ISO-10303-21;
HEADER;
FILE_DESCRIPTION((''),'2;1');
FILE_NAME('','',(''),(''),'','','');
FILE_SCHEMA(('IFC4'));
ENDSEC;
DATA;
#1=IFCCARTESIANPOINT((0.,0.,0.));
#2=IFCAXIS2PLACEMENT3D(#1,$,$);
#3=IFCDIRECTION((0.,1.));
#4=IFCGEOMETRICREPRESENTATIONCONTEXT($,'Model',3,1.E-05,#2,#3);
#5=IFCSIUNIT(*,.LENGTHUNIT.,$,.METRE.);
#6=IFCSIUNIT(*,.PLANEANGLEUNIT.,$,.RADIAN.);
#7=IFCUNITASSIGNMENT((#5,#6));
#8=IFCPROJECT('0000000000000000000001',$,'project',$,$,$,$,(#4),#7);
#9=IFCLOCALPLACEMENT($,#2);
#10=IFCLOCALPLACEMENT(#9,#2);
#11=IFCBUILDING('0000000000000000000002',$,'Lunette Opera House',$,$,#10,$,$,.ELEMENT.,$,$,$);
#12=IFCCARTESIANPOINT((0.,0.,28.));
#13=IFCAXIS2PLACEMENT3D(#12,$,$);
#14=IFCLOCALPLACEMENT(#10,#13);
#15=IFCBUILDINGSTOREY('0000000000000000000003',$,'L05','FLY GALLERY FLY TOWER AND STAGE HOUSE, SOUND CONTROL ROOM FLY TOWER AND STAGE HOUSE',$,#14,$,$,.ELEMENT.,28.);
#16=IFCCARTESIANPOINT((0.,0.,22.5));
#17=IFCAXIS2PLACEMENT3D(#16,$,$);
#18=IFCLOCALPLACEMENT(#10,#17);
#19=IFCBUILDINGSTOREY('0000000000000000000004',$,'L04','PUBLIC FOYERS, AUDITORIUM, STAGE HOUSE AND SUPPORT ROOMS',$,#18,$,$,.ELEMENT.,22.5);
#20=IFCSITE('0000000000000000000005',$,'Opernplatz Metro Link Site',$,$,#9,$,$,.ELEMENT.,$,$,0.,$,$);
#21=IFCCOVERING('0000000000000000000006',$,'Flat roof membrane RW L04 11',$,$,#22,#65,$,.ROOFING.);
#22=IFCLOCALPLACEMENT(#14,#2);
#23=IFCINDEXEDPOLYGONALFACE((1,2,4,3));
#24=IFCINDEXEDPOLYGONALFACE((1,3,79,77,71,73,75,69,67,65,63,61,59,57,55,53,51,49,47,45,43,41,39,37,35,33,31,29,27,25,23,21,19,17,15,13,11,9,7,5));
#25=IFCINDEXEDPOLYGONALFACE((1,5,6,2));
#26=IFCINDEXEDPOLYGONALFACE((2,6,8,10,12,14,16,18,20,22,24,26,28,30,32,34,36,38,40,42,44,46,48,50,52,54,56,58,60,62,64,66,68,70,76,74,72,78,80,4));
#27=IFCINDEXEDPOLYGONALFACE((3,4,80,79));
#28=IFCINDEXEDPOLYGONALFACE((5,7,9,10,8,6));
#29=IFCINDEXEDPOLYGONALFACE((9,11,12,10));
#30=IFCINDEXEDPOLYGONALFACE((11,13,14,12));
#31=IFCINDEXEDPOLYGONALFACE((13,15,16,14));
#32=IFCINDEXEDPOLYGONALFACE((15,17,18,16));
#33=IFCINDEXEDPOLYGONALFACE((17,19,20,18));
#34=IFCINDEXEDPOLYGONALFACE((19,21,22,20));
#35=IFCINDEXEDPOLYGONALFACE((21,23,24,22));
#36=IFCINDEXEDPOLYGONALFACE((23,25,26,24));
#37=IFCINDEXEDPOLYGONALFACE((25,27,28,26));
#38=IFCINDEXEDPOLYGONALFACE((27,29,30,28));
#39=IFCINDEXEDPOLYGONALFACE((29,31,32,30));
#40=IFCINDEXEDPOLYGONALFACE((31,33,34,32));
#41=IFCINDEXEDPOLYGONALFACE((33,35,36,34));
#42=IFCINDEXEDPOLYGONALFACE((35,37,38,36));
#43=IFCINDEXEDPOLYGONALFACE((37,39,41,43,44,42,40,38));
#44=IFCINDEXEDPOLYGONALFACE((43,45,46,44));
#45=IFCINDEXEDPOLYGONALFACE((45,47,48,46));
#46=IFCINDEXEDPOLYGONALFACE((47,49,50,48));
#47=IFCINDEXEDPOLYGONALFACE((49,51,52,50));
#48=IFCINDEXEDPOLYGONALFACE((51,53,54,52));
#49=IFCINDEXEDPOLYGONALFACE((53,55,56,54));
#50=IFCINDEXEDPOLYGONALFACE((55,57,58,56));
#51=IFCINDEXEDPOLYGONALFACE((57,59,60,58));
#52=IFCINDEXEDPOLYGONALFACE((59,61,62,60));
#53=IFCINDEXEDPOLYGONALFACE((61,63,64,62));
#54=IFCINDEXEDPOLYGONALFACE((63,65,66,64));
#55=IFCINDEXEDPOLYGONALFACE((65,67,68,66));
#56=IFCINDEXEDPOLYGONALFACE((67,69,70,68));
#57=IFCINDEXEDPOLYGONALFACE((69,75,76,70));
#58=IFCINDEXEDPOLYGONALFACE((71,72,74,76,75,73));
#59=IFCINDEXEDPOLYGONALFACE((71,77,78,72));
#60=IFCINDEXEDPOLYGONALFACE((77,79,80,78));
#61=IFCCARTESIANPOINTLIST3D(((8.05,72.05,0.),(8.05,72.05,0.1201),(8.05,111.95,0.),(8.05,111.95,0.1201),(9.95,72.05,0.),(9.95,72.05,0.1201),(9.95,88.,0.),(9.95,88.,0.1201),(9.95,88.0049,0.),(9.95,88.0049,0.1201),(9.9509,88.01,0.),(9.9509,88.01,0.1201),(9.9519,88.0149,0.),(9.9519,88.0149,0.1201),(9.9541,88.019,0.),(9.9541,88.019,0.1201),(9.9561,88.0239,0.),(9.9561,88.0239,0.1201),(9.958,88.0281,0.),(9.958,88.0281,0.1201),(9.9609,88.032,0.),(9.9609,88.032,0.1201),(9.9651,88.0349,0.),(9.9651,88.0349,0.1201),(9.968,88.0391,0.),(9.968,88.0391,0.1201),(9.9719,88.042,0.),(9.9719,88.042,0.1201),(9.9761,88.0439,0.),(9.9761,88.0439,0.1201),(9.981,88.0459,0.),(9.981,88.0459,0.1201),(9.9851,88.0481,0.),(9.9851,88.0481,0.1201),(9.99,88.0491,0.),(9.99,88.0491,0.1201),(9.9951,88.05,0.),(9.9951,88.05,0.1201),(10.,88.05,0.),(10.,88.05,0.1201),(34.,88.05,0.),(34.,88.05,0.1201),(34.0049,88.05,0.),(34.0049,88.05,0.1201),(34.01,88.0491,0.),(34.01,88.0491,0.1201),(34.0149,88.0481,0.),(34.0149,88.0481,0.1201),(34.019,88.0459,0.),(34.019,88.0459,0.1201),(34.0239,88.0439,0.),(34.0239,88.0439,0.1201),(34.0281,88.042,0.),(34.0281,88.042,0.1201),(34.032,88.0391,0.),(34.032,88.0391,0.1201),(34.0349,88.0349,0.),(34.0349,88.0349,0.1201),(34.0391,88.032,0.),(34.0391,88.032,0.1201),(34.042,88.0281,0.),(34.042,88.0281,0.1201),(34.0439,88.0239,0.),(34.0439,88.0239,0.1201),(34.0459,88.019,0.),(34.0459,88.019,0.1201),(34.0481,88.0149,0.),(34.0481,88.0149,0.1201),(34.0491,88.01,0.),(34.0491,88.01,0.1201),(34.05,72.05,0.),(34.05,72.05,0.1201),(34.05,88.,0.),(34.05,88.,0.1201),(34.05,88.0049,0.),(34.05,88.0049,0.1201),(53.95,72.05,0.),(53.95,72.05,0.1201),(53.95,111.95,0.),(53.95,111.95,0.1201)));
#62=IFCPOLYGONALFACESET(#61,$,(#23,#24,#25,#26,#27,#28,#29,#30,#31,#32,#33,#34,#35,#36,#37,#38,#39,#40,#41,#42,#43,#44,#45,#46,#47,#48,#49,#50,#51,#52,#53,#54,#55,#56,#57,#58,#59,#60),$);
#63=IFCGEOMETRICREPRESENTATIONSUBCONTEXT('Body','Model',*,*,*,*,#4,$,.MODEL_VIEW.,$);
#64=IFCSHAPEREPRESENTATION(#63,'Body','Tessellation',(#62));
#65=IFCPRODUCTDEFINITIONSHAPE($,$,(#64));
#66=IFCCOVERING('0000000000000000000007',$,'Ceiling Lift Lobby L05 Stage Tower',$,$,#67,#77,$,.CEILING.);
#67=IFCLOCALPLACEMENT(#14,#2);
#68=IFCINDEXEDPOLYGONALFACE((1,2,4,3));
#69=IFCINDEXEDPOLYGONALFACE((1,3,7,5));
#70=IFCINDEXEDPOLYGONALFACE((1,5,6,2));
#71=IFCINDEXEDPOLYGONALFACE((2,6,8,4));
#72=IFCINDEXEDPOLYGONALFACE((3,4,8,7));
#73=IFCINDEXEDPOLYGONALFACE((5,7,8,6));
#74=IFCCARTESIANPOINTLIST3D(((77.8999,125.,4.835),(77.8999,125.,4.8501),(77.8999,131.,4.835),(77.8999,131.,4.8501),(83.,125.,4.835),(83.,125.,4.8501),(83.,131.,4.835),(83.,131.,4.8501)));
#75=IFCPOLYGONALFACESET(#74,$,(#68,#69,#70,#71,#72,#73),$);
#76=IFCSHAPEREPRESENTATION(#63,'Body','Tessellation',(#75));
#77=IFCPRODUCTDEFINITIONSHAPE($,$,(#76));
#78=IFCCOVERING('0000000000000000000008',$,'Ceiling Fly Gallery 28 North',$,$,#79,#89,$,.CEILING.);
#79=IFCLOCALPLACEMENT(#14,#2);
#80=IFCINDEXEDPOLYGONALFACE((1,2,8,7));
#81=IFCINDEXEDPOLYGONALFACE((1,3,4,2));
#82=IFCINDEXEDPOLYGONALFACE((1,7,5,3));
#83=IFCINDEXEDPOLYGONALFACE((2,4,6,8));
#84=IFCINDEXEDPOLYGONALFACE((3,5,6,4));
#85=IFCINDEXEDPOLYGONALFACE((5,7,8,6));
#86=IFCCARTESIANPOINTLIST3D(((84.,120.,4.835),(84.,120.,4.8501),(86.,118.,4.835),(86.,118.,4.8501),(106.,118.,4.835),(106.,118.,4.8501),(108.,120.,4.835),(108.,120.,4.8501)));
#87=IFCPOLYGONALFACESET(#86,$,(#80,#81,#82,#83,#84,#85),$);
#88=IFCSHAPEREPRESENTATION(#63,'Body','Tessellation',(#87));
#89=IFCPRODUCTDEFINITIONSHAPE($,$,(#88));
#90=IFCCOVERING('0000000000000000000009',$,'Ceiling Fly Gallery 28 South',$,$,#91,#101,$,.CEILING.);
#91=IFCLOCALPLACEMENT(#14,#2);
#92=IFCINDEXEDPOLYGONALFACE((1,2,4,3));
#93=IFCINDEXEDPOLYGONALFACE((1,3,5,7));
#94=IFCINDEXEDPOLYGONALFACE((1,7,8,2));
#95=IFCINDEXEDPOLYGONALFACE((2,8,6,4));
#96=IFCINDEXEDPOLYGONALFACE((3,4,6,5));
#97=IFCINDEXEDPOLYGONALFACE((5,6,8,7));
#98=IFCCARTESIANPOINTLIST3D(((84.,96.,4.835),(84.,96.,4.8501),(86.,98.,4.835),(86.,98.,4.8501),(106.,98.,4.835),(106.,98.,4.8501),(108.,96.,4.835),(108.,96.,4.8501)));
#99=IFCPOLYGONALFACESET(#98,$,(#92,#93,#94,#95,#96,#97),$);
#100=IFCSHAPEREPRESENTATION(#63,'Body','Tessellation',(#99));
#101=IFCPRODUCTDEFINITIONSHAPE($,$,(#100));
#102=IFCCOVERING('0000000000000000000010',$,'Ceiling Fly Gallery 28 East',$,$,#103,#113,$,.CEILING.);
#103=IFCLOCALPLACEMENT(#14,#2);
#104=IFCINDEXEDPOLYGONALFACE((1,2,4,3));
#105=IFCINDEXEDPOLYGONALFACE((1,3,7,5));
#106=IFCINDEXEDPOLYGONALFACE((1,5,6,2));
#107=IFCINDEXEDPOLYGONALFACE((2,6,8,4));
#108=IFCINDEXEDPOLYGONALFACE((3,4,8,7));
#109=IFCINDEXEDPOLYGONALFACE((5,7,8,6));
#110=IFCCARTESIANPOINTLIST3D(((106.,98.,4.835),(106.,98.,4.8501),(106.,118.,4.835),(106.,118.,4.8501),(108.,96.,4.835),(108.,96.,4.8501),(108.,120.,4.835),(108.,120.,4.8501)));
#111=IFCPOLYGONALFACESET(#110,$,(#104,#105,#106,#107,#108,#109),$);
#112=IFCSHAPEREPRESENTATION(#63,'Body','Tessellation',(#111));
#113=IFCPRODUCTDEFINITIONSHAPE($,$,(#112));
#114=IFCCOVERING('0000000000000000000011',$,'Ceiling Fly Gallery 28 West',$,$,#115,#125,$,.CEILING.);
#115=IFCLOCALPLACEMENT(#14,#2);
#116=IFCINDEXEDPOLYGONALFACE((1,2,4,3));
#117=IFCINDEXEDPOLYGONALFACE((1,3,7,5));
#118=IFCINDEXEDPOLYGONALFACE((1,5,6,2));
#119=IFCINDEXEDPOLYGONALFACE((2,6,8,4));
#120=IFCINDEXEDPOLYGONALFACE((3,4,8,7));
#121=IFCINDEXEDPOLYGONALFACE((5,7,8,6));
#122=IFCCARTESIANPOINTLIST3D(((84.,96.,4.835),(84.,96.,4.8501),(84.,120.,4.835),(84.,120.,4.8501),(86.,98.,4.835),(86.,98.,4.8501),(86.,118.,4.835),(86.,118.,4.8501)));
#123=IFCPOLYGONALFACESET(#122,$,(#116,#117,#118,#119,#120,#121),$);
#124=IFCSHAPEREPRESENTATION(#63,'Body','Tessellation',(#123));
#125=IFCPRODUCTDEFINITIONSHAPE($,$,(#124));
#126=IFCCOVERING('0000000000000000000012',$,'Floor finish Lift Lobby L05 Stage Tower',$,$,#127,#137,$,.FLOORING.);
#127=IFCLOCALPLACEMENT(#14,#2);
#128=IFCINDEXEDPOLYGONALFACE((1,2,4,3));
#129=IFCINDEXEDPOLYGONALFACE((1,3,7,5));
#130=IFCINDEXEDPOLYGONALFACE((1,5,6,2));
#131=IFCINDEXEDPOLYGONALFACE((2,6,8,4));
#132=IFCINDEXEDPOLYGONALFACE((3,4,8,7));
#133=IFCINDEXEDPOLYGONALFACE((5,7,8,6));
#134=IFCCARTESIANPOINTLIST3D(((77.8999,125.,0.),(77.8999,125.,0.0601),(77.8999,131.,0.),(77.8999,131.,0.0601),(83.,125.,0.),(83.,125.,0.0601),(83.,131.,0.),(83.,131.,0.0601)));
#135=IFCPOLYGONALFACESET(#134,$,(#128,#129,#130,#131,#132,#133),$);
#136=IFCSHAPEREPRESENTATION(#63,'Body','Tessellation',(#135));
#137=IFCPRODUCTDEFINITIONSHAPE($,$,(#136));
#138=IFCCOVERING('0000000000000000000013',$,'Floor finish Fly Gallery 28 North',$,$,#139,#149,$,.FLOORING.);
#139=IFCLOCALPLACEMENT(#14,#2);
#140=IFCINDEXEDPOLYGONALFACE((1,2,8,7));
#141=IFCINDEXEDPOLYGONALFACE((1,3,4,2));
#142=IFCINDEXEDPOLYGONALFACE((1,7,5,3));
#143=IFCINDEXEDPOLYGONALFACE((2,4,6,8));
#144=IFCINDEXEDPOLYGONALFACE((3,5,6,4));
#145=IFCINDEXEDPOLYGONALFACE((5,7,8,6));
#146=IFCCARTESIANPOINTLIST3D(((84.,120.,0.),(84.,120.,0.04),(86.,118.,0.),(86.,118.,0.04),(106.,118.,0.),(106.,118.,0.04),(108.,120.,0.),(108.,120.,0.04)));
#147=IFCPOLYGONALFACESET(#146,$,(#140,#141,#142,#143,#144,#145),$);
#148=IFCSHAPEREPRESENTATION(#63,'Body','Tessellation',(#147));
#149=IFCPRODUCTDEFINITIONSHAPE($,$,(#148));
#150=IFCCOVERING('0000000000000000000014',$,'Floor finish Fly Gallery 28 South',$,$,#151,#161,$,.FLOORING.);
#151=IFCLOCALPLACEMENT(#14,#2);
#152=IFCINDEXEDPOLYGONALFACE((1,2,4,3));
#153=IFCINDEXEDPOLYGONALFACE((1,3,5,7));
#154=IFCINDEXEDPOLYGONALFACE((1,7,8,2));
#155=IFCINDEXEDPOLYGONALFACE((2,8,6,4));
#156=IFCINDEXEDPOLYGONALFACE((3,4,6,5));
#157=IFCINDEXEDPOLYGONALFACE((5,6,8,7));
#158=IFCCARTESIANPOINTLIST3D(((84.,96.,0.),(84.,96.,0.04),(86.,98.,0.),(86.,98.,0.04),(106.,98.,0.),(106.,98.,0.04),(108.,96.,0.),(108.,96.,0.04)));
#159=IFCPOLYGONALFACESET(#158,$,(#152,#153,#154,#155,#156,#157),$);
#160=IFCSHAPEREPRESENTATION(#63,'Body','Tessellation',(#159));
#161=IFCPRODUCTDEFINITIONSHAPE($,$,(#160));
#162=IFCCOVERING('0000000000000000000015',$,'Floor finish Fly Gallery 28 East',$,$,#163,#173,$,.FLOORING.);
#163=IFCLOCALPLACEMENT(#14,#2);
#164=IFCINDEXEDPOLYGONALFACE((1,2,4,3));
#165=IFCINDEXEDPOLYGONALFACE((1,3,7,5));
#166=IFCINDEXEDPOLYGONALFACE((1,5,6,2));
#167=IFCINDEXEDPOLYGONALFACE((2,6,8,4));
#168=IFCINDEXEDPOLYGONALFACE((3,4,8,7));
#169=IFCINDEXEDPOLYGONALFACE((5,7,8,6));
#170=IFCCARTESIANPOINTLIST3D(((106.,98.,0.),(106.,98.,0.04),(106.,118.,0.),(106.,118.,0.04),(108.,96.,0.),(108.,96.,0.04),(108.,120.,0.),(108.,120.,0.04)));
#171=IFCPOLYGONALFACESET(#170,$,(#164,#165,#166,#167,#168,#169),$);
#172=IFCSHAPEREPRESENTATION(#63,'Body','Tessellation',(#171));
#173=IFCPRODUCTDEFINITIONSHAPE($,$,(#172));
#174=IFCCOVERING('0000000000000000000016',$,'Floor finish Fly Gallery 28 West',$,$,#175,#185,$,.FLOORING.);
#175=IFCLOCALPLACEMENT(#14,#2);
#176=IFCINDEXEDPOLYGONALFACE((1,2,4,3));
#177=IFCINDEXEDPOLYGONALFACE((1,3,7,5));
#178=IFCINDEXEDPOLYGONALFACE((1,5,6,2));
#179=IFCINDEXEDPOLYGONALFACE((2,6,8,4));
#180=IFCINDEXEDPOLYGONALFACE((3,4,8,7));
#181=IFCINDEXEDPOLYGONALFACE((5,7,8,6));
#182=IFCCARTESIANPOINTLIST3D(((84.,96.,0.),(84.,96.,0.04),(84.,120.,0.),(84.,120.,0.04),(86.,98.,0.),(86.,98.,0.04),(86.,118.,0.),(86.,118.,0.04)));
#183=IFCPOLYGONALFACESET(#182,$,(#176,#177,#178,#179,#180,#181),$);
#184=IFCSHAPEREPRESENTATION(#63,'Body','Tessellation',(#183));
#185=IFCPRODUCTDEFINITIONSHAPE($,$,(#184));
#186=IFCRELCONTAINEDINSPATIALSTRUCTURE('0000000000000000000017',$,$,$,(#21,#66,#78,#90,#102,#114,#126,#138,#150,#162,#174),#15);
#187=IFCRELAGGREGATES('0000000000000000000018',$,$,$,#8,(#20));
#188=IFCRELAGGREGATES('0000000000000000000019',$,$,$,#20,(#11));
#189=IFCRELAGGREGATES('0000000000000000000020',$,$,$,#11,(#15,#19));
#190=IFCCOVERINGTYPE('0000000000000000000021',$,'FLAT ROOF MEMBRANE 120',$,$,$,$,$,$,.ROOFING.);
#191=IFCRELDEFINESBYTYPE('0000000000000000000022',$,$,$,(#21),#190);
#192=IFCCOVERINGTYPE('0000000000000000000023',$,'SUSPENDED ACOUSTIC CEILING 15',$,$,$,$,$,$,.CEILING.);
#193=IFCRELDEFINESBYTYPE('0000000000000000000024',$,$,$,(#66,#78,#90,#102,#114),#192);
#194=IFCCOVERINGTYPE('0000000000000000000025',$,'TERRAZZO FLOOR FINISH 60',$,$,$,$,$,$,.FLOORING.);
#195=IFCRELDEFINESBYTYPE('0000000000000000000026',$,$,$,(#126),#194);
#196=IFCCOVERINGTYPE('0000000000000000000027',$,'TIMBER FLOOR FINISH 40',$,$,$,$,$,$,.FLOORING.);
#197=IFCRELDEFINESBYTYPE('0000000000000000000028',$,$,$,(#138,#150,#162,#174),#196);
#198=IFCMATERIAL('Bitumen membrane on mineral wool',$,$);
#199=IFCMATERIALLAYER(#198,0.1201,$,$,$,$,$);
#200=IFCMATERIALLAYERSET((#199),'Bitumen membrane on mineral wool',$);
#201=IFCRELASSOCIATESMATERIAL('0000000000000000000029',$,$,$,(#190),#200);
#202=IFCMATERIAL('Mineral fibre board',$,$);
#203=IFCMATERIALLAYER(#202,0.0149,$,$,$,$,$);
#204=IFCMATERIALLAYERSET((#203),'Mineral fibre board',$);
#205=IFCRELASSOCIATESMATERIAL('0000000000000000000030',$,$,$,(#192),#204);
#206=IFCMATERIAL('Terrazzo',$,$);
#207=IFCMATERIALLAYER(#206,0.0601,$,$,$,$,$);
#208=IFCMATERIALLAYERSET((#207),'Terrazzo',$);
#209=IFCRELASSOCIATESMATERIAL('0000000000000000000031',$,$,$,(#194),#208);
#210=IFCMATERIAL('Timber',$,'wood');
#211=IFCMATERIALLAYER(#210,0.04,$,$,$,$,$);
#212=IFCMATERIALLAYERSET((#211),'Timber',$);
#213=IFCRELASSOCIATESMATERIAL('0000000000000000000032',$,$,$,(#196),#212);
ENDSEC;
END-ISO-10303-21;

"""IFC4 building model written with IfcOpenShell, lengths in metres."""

from ifc_helpers import new_model, si_unit, direction, frame, origin, place, context, subcontext, project, spatial, polyline, outline, extrude, material, layer, layer_set, type_object, element, save


model = new_model("IFC4")

# Units and contexts
model_context = context("Model", 3, precision=1e-05, world=origin(), true_north=direction((0.0, 1.0)))
body_context = subcontext(model_context, "Body", "Model", "MODEL_VIEW")
ifc_project = project(units=[si_unit("LENGTHUNIT", "METRE"), si_unit("PLANEANGLEUNIT", "RADIAN")], contexts=[model_context])

# Site, building, storey
site_placement = place(None, origin())
site = spatial("IfcSite", under=ifc_project, at=site_placement, Name="Opernplatz Metro Link Site", CompositionType="ELEMENT", RefElevation=0.0)
building_placement = place(site_placement, origin())
building = spatial("IfcBuilding", under=site, at=building_placement, Name="Lunette Opera House", CompositionType="ELEMENT")
storey_1_placement = place(building_placement, frame((0.0, 0.0, 28.0)))
storey_1 = spatial("IfcBuildingStorey", under=building, at=storey_1_placement, Name="L05", Description="FLY GALLERY FLY TOWER AND STAGE HOUSE, SOUND CONTROL ROOM FLY TOWER AND STAGE HOUSE", CompositionType="ELEMENT", Elevation=28.0)

# Shared definitions
storey_2_placement = place(building_placement, frame((0.0, 0.0, 22.5)))
storey_2 = spatial("IfcBuildingStorey", under=building, at=storey_2_placement, Name="L04", Description="PUBLIC FOYERS, AUDITORIUM, STAGE HOUSE AND SUPPORT ROOMS", CompositionType="ELEMENT", Elevation=22.5)

# Coverings
ifc_material_1 = material(Name="Bitumen membrane on mineral wool")
ifc_layer_1 = layer(ifc_material_1, 0.1201)
ifc_layer_set_1 = layer_set([ifc_layer_1], Name="Bitumen membrane on mineral wool")
covering_type_1 = type_object("IfcCoveringType", Name="FLAT ROOF MEMBRANE 120", PredefinedType="ROOFING", material=ifc_layer_set_1)
covering_1_placement = place(storey_1_placement, origin())
element("IfcCovering", 1, at=covering_1_placement, inside=storey_1, type_object=covering_type_1, Name="Flat roof membrane RW L04 11", PredefinedType="ROOFING", context=body_context, shape_type="SweptSolid", body=[
    extrude(outline(polyline([(8.05, 72.05), (8.05, 111.95), (53.95, 111.95), (53.95, 72.05), (34.05, 72.05), (34.05, 88.0), (34.05, 88.0049), (34.0491, 88.01), (34.0481, 88.0149), (34.0459, 88.019), (34.0439, 88.0239), (34.042, 88.0281), (34.0391, 88.032), (34.0349, 88.0349), (34.032, 88.0391), (34.0281, 88.042), (34.0239, 88.0439), (34.019, 88.0459), (34.0149, 88.0481), (34.01, 88.0491), (34.0049, 88.05), (34.0, 88.05), (10.0, 88.05), (9.9951, 88.05), (9.99, 88.0491), (9.9851, 88.0481), (9.981, 88.0459), (9.9761, 88.0439), (9.9719, 88.042), (9.968, 88.0391), (9.9651, 88.0349), (9.9609, 88.032), (9.958, 88.0281), (9.9561, 88.0239), (9.9541, 88.019), (9.9519, 88.0149), (9.9509, 88.01), (9.95, 88.0049), (9.95, 88.0), (9.95, 72.05), (8.05, 72.05)])), origin(), (0.0, 0.0, 1.0), 0.1201),
])
ifc_material_2 = material(Name="Mineral fibre board")
ifc_layer_2 = layer(ifc_material_2, 0.0149)
ifc_layer_set_2 = layer_set([ifc_layer_2], Name="Mineral fibre board")
covering_type_2 = type_object("IfcCoveringType", Name="SUSPENDED ACOUSTIC CEILING 15", PredefinedType="CEILING", material=ifc_layer_set_2)
covering_2_placement = place(storey_1_placement, frame((0.0, 0.0, 4.835)))
element("IfcCovering", 2, at=covering_2_placement, inside=storey_1, type_object=covering_type_2, Name="Ceiling Lift Lobby L05 Stage Tower", PredefinedType="CEILING", context=body_context, shape_type="SweptSolid", body=[
    extrude(outline(polyline([(83.0, 125.0), (83.0, 131.0), (77.8999, 131.0), (77.8999, 125.0), (83.0, 125.0)])), origin(), (0.0, 0.0, 1.0), 0.0151),
])
covering_3_placement = place(storey_1_placement, frame((0.0, 0.0, 4.835)))
element("IfcCovering", 3, at=covering_3_placement, inside=storey_1, type_object=covering_type_2, Name="Ceiling Fly Gallery 28 North", PredefinedType="CEILING", context=body_context, shape_type="SweptSolid", body=[
    extrude(outline(polyline([(106.0, 118.0), (86.0, 118.0), (84.0, 120.0), (108.0, 120.0), (106.0, 118.0)])), origin(), (0.0, 0.0, 1.0), 0.0151),
])
covering_4_placement = place(storey_1_placement, frame((0.0, 0.0, 4.835)))
element("IfcCovering", 4, at=covering_4_placement, inside=storey_1, type_object=covering_type_2, Name="Ceiling Fly Gallery 28 South", PredefinedType="CEILING", context=body_context, shape_type="SweptSolid", body=[
    extrude(outline(polyline([(86.0, 98.0), (106.0, 98.0), (108.0, 96.0), (84.0, 96.0), (86.0, 98.0)])), origin(), (0.0, 0.0, 1.0), 0.0151),
])
covering_5_placement = place(storey_1_placement, frame((0.0, 0.0, 4.835)))
element("IfcCovering", 5, at=covering_5_placement, inside=storey_1, type_object=covering_type_2, Name="Ceiling Fly Gallery 28 East", PredefinedType="CEILING", context=body_context, shape_type="SweptSolid", body=[
    extrude(outline(polyline([(106.0, 98.0), (106.0, 118.0), (108.0, 120.0), (108.0, 96.0), (106.0, 98.0)])), origin(), (0.0, 0.0, 1.0), 0.0151),
])
covering_6_placement = place(storey_1_placement, frame((0.0, 0.0, 4.835)))
element("IfcCovering", 6, at=covering_6_placement, inside=storey_1, type_object=covering_type_2, Name="Ceiling Fly Gallery 28 West", PredefinedType="CEILING", context=body_context, shape_type="SweptSolid", body=[
    extrude(outline(polyline([(86.0, 118.0), (86.0, 98.0), (84.0, 96.0), (84.0, 120.0), (86.0, 118.0)])), origin(), (0.0, 0.0, 1.0), 0.0151),
])
ifc_material_3 = material(Name="Terrazzo")
ifc_layer_3 = layer(ifc_material_3, 0.0601)
ifc_layer_set_3 = layer_set([ifc_layer_3], Name="Terrazzo")
covering_type_3 = type_object("IfcCoveringType", Name="TERRAZZO FLOOR FINISH 60", PredefinedType="FLOORING", material=ifc_layer_set_3)
covering_7_placement = place(storey_1_placement, origin())
element("IfcCovering", 7, at=covering_7_placement, inside=storey_1, type_object=covering_type_3, Name="Floor finish Lift Lobby L05 Stage Tower", PredefinedType="FLOORING", context=body_context, shape_type="SweptSolid", body=[
    extrude(outline(polyline([(83.0, 125.0), (83.0, 131.0), (77.8999, 131.0), (77.8999, 125.0), (83.0, 125.0)])), origin(), (0.0, 0.0, 1.0), 0.0601),
])
ifc_material_4 = material(Name="Timber", Category="wood")
ifc_layer_4 = layer(ifc_material_4, 0.04)
ifc_layer_set_4 = layer_set([ifc_layer_4], Name="Timber")
covering_type_4 = type_object("IfcCoveringType", Name="TIMBER FLOOR FINISH 40", PredefinedType="FLOORING", material=ifc_layer_set_4)
covering_8_placement = place(storey_1_placement, origin())
element("IfcCovering", 8, at=covering_8_placement, inside=storey_1, type_object=covering_type_4, Name="Floor finish Fly Gallery 28 North", PredefinedType="FLOORING", context=body_context, shape_type="SweptSolid", body=[
    extrude(outline(polyline([(106.0, 118.0), (86.0, 118.0), (84.0, 120.0), (108.0, 120.0), (106.0, 118.0)])), origin(), (0.0, 0.0, 1.0), 0.04),
])
covering_9_placement = place(storey_1_placement, origin())
element("IfcCovering", 9, at=covering_9_placement, inside=storey_1, type_object=covering_type_4, Name="Floor finish Fly Gallery 28 South", PredefinedType="FLOORING", context=body_context, shape_type="SweptSolid", body=[
    extrude(outline(polyline([(86.0, 98.0), (106.0, 98.0), (108.0, 96.0), (84.0, 96.0), (86.0, 98.0)])), origin(), (0.0, 0.0, 1.0), 0.04),
])
covering_10_placement = place(storey_1_placement, origin())
element("IfcCovering", 10, at=covering_10_placement, inside=storey_1, type_object=covering_type_4, Name="Floor finish Fly Gallery 28 East", PredefinedType="FLOORING", context=body_context, shape_type="SweptSolid", body=[
    extrude(outline(polyline([(106.0, 98.0), (106.0, 118.0), (108.0, 120.0), (108.0, 96.0), (106.0, 98.0)])), origin(), (0.0, 0.0, 1.0), 0.04),
])
covering_11_placement = place(storey_1_placement, origin())
element("IfcCovering", 11, at=covering_11_placement, inside=storey_1, type_object=covering_type_4, Name="Floor finish Fly Gallery 28 West", PredefinedType="FLOORING", context=body_context, shape_type="SweptSolid", body=[
    extrude(outline(polyline([(86.0, 118.0), (86.0, 98.0), (84.0, 96.0), (84.0, 120.0), (86.0, 118.0)])), origin(), (0.0, 0.0, 1.0), 0.04),
])

save(model, "model.ifc")
